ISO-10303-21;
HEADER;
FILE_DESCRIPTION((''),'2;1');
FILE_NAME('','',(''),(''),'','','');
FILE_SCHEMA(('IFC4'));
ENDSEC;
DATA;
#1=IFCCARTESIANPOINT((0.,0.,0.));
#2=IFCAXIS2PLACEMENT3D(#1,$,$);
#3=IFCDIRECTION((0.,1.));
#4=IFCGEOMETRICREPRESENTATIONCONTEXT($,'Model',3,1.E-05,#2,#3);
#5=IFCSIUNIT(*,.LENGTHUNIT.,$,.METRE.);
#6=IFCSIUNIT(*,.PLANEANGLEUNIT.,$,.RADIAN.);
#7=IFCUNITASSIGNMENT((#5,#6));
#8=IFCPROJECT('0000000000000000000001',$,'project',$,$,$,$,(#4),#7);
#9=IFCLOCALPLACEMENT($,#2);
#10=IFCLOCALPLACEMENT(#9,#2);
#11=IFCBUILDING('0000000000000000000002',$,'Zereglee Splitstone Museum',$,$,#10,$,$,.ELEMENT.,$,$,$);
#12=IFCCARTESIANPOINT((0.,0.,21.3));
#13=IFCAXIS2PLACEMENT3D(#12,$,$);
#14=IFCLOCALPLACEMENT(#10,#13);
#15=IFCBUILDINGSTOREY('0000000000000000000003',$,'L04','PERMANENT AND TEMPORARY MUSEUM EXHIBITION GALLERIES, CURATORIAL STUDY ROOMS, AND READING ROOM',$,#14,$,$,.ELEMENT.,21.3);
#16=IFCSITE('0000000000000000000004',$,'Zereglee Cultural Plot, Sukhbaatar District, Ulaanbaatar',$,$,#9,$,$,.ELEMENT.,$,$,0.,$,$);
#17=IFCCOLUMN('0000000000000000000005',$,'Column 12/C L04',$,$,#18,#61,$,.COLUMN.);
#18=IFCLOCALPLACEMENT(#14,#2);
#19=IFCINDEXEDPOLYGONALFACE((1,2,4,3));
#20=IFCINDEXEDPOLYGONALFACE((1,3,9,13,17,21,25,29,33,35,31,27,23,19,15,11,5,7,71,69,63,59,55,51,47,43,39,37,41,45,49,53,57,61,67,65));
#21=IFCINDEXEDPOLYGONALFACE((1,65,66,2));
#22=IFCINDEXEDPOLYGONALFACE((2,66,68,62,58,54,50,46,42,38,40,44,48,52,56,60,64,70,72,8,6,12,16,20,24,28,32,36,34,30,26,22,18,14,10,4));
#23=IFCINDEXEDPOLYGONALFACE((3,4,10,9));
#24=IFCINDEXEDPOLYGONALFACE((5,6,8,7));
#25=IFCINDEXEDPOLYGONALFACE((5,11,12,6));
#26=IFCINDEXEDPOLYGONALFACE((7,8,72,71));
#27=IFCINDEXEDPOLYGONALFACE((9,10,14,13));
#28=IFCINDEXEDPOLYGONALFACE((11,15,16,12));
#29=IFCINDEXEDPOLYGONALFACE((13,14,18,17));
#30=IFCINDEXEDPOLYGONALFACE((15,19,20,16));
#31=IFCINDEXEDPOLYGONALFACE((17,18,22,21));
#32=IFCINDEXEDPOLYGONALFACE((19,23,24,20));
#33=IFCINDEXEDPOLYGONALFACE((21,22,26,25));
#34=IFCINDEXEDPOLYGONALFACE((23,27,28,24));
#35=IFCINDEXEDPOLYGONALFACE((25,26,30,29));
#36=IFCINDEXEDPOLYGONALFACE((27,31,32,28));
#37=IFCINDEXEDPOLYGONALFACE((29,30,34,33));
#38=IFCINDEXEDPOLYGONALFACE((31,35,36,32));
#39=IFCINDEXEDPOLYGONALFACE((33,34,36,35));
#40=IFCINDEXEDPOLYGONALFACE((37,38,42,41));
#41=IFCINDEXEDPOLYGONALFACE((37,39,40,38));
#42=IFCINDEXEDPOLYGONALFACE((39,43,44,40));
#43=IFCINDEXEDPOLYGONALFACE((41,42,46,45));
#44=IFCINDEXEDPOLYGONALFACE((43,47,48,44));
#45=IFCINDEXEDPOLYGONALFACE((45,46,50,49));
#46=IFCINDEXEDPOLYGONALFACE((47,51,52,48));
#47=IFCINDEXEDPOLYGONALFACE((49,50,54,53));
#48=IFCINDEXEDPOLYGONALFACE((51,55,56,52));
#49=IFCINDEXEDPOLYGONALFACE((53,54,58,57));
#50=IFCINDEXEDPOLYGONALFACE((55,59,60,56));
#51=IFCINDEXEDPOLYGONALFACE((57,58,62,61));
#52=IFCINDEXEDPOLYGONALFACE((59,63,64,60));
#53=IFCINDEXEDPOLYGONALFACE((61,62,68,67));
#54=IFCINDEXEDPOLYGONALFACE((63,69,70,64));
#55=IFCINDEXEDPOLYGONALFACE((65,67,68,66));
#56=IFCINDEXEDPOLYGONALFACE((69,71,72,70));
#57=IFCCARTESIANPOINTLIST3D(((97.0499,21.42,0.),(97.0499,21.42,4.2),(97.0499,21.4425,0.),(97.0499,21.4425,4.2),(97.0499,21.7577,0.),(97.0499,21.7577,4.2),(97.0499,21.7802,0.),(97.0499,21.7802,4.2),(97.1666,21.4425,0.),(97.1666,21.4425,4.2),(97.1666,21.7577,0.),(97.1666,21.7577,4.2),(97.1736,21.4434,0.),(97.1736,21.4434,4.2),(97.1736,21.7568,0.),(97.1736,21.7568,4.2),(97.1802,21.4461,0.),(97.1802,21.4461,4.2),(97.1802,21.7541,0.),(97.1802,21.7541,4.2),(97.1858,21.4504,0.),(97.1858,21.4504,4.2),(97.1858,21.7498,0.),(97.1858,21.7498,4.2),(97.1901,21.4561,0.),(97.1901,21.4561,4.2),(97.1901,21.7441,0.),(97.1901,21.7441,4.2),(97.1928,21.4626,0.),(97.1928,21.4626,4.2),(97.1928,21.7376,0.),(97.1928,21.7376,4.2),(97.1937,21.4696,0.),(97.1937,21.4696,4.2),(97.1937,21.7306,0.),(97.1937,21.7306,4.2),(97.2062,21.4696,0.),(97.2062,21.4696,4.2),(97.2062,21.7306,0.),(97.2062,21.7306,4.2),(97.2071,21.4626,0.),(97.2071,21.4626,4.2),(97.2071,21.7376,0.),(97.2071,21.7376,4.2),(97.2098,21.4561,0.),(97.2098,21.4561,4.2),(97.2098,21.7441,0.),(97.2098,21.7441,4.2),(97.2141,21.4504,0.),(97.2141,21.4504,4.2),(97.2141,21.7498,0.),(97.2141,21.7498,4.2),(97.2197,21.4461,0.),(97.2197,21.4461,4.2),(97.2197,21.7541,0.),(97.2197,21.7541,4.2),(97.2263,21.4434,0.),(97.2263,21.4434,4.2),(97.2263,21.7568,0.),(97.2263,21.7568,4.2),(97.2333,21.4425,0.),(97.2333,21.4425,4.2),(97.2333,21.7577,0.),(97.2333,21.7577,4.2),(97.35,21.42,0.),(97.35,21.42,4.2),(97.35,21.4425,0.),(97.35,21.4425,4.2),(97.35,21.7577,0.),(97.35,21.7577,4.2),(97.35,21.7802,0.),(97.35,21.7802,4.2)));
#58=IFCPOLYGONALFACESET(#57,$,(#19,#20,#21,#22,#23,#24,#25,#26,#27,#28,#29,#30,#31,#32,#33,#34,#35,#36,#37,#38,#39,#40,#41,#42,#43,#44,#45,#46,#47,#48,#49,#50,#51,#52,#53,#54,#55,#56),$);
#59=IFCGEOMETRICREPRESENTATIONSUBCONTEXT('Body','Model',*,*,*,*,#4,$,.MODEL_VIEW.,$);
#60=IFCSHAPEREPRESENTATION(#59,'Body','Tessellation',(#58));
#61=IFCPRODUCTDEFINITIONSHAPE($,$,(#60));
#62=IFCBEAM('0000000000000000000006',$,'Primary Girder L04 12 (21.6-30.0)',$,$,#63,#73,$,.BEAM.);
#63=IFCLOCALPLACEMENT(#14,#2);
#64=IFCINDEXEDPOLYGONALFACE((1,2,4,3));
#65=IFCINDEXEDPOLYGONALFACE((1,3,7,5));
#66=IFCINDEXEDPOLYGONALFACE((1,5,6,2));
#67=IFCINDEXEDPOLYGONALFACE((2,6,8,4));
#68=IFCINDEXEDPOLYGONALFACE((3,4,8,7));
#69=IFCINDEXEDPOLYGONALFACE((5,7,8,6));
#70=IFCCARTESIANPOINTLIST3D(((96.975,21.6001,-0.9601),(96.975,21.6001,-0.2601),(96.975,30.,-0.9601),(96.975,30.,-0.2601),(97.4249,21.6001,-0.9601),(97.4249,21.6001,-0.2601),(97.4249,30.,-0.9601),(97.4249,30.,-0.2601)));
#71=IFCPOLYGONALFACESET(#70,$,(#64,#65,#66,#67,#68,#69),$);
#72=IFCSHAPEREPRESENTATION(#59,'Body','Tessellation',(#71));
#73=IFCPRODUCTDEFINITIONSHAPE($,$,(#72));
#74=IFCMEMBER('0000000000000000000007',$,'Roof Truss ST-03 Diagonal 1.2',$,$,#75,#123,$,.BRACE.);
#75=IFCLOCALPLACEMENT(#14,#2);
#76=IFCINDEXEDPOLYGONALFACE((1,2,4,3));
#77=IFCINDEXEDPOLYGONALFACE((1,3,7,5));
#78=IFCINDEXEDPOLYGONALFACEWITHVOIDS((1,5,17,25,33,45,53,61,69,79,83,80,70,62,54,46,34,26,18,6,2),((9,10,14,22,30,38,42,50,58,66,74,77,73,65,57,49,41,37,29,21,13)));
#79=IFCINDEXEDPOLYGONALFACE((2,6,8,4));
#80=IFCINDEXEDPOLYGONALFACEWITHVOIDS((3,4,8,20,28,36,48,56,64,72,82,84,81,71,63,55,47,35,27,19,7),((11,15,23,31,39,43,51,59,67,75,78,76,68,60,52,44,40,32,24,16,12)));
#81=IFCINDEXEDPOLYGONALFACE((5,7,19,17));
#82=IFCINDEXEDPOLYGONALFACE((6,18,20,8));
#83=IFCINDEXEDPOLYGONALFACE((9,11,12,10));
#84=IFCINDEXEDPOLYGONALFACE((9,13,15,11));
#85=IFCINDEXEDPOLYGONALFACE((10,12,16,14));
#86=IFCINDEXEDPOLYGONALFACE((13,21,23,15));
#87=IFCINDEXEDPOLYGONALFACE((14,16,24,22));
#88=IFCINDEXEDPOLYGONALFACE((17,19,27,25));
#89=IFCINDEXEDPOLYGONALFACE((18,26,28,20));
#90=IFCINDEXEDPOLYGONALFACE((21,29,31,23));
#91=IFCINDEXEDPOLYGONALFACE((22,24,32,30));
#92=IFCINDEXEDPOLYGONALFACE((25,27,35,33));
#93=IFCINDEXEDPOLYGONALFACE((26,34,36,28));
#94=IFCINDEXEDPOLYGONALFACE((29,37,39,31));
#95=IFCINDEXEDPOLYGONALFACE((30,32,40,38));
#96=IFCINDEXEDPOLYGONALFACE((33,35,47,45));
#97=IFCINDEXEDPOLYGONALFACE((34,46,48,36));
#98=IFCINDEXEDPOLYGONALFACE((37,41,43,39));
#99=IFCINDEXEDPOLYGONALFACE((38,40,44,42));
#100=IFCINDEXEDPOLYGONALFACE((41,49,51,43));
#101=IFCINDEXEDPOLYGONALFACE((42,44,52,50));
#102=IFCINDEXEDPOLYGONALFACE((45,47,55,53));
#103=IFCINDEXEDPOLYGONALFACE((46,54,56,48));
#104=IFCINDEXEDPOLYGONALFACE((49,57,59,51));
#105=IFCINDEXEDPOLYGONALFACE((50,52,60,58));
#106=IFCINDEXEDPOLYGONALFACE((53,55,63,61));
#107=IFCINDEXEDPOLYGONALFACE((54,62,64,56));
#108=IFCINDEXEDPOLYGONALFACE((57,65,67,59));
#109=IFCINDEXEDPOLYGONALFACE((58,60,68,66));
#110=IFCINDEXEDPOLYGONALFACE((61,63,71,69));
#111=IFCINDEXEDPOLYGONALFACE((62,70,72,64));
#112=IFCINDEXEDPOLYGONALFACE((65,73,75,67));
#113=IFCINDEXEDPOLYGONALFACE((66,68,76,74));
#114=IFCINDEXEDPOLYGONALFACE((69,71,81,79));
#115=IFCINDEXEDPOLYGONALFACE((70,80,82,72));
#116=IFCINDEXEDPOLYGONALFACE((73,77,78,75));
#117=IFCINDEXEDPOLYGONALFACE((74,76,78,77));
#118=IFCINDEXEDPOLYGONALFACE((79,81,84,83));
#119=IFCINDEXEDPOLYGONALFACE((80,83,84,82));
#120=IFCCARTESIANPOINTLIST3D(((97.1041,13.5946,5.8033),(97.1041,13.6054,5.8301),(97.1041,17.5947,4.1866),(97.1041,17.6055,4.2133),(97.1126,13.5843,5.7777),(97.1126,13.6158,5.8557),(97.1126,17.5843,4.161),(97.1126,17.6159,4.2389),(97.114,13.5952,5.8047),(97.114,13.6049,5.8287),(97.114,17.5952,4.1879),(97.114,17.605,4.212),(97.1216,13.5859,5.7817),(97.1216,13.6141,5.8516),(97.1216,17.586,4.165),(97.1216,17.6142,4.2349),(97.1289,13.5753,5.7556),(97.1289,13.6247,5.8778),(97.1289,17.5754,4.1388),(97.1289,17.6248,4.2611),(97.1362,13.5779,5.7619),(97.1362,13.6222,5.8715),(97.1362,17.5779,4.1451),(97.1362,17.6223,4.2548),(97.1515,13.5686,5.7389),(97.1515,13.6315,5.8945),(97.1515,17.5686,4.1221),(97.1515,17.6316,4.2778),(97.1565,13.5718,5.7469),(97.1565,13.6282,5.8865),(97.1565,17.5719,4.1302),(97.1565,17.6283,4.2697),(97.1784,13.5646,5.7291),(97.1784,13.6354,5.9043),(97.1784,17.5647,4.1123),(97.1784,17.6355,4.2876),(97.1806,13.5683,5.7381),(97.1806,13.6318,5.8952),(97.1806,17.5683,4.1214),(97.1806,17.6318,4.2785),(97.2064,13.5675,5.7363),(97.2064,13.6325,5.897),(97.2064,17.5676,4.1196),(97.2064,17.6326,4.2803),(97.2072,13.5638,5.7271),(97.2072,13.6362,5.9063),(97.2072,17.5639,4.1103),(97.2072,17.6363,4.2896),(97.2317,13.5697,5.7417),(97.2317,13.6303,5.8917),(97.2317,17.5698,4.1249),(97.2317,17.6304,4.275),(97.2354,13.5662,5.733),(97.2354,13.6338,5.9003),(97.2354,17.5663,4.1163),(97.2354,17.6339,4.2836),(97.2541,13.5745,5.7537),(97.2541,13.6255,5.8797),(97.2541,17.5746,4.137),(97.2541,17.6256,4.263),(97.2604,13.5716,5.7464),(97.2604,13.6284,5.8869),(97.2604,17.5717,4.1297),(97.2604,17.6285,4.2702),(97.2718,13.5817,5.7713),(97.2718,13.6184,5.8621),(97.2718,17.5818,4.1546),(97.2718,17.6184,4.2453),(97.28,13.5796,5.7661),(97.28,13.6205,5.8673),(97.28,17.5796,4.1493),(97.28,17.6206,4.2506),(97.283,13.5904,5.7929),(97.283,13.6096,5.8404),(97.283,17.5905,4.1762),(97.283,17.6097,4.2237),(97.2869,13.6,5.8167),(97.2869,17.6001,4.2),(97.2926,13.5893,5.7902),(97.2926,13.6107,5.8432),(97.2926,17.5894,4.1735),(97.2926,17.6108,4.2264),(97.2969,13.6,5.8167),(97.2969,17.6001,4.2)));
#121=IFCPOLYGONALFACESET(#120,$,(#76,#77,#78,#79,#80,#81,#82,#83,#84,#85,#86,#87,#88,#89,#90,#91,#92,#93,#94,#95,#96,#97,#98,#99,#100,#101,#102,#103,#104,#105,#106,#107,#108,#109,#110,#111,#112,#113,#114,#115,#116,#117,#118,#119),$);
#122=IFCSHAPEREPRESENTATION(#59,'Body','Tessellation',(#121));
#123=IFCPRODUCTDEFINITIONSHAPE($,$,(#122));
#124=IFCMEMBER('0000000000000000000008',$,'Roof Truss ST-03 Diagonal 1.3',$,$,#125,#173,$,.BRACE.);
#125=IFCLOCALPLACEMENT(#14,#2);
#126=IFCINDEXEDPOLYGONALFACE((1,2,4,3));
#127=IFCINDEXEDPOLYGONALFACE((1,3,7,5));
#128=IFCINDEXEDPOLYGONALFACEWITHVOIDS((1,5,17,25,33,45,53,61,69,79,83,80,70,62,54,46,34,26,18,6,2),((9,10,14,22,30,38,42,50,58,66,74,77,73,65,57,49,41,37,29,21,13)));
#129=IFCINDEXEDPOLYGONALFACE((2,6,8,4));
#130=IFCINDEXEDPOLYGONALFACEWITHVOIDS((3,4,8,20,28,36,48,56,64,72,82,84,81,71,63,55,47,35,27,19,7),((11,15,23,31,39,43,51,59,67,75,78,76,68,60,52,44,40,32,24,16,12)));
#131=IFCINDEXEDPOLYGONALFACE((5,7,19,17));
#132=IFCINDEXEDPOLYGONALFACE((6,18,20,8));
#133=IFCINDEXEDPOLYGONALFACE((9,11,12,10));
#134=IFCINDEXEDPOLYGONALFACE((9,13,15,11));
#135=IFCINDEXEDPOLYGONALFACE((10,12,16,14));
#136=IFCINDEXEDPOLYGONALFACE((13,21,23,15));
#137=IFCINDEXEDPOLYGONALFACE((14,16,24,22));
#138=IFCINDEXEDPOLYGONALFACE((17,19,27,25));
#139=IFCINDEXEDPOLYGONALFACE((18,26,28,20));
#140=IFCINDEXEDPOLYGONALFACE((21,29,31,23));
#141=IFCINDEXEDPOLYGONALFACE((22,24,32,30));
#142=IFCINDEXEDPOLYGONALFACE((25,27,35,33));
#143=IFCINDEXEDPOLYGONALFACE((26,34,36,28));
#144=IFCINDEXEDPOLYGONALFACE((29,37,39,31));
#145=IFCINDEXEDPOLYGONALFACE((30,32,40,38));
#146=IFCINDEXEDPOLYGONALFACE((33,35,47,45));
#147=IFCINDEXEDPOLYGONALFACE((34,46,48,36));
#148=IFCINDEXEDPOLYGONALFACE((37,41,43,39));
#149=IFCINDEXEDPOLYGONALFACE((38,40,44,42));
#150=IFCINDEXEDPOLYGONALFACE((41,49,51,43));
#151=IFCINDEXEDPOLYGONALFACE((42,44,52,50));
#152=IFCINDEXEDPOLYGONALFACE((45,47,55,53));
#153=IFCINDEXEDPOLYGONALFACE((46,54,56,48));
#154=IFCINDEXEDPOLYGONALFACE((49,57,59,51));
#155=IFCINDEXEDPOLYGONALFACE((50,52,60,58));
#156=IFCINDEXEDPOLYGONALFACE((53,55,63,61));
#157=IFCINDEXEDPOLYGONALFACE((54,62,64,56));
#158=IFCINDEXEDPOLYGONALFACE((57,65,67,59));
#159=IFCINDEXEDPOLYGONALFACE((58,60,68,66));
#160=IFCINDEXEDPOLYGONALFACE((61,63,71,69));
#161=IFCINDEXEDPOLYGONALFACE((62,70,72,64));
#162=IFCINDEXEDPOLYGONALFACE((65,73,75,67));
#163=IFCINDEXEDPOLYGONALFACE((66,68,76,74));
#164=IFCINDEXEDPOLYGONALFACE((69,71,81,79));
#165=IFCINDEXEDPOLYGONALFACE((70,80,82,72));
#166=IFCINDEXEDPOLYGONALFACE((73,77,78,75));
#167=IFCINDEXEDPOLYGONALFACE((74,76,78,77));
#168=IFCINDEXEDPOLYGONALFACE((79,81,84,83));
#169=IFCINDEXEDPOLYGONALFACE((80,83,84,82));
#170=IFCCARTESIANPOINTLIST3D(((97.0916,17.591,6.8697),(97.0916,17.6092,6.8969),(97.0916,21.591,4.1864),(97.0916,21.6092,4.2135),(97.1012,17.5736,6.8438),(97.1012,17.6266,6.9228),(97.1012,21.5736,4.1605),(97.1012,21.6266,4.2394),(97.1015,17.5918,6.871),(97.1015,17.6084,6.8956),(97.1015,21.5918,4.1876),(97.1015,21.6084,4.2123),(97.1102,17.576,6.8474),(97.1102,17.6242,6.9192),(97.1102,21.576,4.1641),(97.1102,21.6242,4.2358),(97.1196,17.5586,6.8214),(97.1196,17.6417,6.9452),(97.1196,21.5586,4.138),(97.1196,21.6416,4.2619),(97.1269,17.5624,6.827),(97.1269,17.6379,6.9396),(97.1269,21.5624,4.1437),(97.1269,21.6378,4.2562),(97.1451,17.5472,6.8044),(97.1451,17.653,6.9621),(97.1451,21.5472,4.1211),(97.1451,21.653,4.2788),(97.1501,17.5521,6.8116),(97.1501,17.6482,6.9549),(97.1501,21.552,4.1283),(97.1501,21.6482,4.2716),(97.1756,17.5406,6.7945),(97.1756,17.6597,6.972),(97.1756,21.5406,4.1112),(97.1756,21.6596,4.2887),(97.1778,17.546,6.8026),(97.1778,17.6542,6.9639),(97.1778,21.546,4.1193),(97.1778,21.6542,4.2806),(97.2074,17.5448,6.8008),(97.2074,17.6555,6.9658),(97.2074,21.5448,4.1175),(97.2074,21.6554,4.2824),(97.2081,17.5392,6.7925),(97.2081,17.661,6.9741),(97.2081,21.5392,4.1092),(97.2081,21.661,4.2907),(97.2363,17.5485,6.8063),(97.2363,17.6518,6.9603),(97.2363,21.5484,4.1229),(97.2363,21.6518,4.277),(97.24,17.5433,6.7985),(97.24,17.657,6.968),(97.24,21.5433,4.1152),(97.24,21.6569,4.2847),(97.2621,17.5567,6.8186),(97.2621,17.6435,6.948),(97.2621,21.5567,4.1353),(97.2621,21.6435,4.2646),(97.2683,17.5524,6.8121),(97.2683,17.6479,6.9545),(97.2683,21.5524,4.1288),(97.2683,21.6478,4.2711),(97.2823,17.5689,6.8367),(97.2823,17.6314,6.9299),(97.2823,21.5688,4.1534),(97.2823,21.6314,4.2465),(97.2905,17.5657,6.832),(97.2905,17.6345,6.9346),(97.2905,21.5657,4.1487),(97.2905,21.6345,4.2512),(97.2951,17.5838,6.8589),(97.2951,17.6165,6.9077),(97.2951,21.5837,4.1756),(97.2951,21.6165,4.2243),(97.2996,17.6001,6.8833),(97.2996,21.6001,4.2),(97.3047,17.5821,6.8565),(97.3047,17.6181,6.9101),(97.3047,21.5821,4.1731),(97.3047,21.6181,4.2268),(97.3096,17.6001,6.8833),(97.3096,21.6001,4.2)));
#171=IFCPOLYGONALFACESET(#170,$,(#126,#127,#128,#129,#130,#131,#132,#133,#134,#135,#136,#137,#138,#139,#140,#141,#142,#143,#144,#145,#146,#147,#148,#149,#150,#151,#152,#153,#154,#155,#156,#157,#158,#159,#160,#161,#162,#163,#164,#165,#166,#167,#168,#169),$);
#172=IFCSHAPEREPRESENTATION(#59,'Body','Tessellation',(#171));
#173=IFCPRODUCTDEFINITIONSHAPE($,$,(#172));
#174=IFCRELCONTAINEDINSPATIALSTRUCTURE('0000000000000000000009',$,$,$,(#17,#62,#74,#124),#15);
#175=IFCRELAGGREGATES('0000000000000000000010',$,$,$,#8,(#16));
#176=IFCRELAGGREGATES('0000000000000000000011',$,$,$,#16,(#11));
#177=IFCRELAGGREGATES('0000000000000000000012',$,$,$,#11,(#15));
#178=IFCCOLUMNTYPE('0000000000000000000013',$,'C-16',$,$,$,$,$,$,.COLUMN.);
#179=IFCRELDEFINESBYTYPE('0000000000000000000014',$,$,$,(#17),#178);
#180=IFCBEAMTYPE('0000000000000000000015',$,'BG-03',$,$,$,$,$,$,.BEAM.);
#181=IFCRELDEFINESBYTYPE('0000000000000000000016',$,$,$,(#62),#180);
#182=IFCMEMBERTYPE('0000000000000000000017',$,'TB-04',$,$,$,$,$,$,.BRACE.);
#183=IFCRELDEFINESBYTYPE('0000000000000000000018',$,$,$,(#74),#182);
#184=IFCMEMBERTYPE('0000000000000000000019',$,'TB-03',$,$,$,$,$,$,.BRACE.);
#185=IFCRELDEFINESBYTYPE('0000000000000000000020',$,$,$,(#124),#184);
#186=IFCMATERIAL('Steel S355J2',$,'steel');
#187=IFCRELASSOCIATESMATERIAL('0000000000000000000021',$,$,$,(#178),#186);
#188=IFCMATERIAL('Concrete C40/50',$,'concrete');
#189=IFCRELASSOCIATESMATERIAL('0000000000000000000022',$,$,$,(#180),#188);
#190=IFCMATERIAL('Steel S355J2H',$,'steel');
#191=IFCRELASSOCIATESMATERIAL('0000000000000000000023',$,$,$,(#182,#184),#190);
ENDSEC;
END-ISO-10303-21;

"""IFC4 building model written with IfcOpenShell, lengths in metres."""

from ifc_helpers import new_model, si_unit, direction, frame, origin, origin_2d, place, context, subcontext, project, spatial, rectangle, hollow_circle, i_section, extrude, material, material_profile, profile_set, type_object, element, save


model = new_model("IFC4")

# Units and contexts
model_context = context("Model", 3, precision=1e-05, world=origin(), true_north=direction((0.0, 1.0)))
body_context = subcontext(model_context, "Body", "Model", "MODEL_VIEW")
ifc_project = project(units=[si_unit("LENGTHUNIT", "METRE"), si_unit("PLANEANGLEUNIT", "RADIAN")], contexts=[model_context])

# Site, building, storey
site_placement = place(None, origin())
site = spatial("IfcSite", under=ifc_project, at=site_placement, Name="Zereglee Cultural Plot, Sukhbaatar District, Ulaanbaatar", CompositionType="ELEMENT", RefElevation=0.0)
building_placement = place(site_placement, origin())
building = spatial("IfcBuilding", under=site, at=building_placement, Name="Zereglee Splitstone Museum", CompositionType="ELEMENT")
storey_placement = place(building_placement, frame((0.0, 0.0, 21.3)))
storey = spatial("IfcBuildingStorey", under=building, at=storey_placement, Name="L04", Description="PERMANENT AND TEMPORARY MUSEUM EXHIBITION GALLERIES, CURATORIAL STUDY ROOMS, AND READING ROOM", CompositionType="ELEMENT", Elevation=21.3)

# Column
ifc_material_1 = material(Name="Steel S355J2", Category="steel")
ifc_material_profile_1 = material_profile(ifc_material_1, i_section(OverallWidth=0.3, OverallDepth=0.3601, WebThickness=0.0125, FlangeThickness=0.0225, FilletRadius=0.0271, at=origin_2d()), Name="HE 360 B")
ifc_profile_set_1 = profile_set([ifc_material_profile_1], Name="Steel S355J2")
column_type = type_object("IfcColumnType", Name="C-16", PredefinedType="COLUMN", material=ifc_profile_set_1)
column_placement = place(storey_placement, frame((97.2, 21.6001, 0.0), z_axis=(0.0, 0.0, 1.0), x_axis=(1.0, 0.0, 0.0)))
element("IfcColumn", 1, at=column_placement, inside=storey, type_object=column_type, Name="Column 12/C L04", PredefinedType="COLUMN", context=body_context, shape_type="SweptSolid", body=[
    extrude(i_section(OverallWidth=0.3, OverallDepth=0.3601, WebThickness=0.0125, FlangeThickness=0.0225, FilletRadius=0.0271, at=origin_2d()), origin(), (0.0, 0.0, 1.0), 4.2),
])

# Beam
ifc_material_2 = material(Name="Concrete C40/50", Category="concrete")
ifc_material_profile_2 = material_profile(ifc_material_2, rectangle(XDim=0.45, YDim=0.7, at=origin_2d()), Name="RC 450x700")
ifc_profile_set_2 = profile_set([ifc_material_profile_2], Name="Concrete C40/50")
beam_type_1 = type_object("IfcBeamType", Name="BG-03", PredefinedType="BEAM", material=ifc_profile_set_2)
beam_1_placement = place(storey_placement, frame((97.2, 21.6001, -0.6101), z_axis=(0.0, 1.0, 0.0), x_axis=(-1.0, 0.0, 0.0)))
element("IfcBeam", 2, at=beam_1_placement, inside=storey, type_object=beam_type_1, Name="Primary Girder L04 12 (21.6-30.0)", PredefinedType="BEAM", context=body_context, shape_type="SweptSolid", body=[
    extrude(rectangle(XDim=0.45, YDim=0.7, at=origin_2d()), origin(), (0.0, 0.0, 1.0), 8.3999),
])

# Members
ifc_material_3 = material(Name="Steel S355J2H", Category="steel")
ifc_material_profile_3 = material_profile(ifc_material_3, hollow_circle(Radius=0.0969, WallThickness=0.01, at=origin_2d()), Name="CHS 193.7x10")
ifc_profile_set_3 = profile_set([ifc_material_profile_3], Name="Steel S355J2H")
member_type_1 = type_object("IfcMemberType", Name="TB-04", PredefinedType="BRACE", material=ifc_profile_set_3)
member_1_placement = place(storey_placement, frame((97.2, 17.6001, 4.2), z_axis=(0.0, -0.927136, 0.374725), x_axis=(1.0, 0.0, 0.0)))
element("IfcMember", 3, at=member_1_placement, inside=storey, type_object=member_type_1, Name="Roof Truss ST-03 Diagonal 1.2", PredefinedType="BRACE", context=body_context, shape_type="SweptSolid", body=[
    extrude(hollow_circle(Radius=0.0969, WallThickness=0.01, at=origin_2d()), origin(), (0.0, 0.0, 1.0), 4.3145),
])
ifc_material_profile_4 = material_profile(ifc_material_3, hollow_circle(Radius=0.1096, WallThickness=0.01, at=origin_2d()), Name="CHS 219.1x10")
ifc_profile_set_4 = profile_set([ifc_material_profile_4], Name="Steel S355J2H")
member_type_2 = type_object("IfcMemberType", Name="TB-03", PredefinedType="BRACE", material=ifc_profile_set_4)
member_2_placement = place(storey_placement, frame((97.2, 21.6001, 4.2), z_axis=(0.0, -0.830448, 0.557096), x_axis=(1.0, 0.0, 0.0)))
element("IfcMember", 4, at=member_2_placement, inside=storey, type_object=member_type_2, Name="Roof Truss ST-03 Diagonal 1.3", PredefinedType="BRACE", context=body_context, shape_type="SweptSolid", body=[
    extrude(hollow_circle(Radius=0.1096, WallThickness=0.01, at=origin_2d()), origin(), (0.0, 0.0, 1.0), 4.8167),
])

save(model, "model.ifc")
